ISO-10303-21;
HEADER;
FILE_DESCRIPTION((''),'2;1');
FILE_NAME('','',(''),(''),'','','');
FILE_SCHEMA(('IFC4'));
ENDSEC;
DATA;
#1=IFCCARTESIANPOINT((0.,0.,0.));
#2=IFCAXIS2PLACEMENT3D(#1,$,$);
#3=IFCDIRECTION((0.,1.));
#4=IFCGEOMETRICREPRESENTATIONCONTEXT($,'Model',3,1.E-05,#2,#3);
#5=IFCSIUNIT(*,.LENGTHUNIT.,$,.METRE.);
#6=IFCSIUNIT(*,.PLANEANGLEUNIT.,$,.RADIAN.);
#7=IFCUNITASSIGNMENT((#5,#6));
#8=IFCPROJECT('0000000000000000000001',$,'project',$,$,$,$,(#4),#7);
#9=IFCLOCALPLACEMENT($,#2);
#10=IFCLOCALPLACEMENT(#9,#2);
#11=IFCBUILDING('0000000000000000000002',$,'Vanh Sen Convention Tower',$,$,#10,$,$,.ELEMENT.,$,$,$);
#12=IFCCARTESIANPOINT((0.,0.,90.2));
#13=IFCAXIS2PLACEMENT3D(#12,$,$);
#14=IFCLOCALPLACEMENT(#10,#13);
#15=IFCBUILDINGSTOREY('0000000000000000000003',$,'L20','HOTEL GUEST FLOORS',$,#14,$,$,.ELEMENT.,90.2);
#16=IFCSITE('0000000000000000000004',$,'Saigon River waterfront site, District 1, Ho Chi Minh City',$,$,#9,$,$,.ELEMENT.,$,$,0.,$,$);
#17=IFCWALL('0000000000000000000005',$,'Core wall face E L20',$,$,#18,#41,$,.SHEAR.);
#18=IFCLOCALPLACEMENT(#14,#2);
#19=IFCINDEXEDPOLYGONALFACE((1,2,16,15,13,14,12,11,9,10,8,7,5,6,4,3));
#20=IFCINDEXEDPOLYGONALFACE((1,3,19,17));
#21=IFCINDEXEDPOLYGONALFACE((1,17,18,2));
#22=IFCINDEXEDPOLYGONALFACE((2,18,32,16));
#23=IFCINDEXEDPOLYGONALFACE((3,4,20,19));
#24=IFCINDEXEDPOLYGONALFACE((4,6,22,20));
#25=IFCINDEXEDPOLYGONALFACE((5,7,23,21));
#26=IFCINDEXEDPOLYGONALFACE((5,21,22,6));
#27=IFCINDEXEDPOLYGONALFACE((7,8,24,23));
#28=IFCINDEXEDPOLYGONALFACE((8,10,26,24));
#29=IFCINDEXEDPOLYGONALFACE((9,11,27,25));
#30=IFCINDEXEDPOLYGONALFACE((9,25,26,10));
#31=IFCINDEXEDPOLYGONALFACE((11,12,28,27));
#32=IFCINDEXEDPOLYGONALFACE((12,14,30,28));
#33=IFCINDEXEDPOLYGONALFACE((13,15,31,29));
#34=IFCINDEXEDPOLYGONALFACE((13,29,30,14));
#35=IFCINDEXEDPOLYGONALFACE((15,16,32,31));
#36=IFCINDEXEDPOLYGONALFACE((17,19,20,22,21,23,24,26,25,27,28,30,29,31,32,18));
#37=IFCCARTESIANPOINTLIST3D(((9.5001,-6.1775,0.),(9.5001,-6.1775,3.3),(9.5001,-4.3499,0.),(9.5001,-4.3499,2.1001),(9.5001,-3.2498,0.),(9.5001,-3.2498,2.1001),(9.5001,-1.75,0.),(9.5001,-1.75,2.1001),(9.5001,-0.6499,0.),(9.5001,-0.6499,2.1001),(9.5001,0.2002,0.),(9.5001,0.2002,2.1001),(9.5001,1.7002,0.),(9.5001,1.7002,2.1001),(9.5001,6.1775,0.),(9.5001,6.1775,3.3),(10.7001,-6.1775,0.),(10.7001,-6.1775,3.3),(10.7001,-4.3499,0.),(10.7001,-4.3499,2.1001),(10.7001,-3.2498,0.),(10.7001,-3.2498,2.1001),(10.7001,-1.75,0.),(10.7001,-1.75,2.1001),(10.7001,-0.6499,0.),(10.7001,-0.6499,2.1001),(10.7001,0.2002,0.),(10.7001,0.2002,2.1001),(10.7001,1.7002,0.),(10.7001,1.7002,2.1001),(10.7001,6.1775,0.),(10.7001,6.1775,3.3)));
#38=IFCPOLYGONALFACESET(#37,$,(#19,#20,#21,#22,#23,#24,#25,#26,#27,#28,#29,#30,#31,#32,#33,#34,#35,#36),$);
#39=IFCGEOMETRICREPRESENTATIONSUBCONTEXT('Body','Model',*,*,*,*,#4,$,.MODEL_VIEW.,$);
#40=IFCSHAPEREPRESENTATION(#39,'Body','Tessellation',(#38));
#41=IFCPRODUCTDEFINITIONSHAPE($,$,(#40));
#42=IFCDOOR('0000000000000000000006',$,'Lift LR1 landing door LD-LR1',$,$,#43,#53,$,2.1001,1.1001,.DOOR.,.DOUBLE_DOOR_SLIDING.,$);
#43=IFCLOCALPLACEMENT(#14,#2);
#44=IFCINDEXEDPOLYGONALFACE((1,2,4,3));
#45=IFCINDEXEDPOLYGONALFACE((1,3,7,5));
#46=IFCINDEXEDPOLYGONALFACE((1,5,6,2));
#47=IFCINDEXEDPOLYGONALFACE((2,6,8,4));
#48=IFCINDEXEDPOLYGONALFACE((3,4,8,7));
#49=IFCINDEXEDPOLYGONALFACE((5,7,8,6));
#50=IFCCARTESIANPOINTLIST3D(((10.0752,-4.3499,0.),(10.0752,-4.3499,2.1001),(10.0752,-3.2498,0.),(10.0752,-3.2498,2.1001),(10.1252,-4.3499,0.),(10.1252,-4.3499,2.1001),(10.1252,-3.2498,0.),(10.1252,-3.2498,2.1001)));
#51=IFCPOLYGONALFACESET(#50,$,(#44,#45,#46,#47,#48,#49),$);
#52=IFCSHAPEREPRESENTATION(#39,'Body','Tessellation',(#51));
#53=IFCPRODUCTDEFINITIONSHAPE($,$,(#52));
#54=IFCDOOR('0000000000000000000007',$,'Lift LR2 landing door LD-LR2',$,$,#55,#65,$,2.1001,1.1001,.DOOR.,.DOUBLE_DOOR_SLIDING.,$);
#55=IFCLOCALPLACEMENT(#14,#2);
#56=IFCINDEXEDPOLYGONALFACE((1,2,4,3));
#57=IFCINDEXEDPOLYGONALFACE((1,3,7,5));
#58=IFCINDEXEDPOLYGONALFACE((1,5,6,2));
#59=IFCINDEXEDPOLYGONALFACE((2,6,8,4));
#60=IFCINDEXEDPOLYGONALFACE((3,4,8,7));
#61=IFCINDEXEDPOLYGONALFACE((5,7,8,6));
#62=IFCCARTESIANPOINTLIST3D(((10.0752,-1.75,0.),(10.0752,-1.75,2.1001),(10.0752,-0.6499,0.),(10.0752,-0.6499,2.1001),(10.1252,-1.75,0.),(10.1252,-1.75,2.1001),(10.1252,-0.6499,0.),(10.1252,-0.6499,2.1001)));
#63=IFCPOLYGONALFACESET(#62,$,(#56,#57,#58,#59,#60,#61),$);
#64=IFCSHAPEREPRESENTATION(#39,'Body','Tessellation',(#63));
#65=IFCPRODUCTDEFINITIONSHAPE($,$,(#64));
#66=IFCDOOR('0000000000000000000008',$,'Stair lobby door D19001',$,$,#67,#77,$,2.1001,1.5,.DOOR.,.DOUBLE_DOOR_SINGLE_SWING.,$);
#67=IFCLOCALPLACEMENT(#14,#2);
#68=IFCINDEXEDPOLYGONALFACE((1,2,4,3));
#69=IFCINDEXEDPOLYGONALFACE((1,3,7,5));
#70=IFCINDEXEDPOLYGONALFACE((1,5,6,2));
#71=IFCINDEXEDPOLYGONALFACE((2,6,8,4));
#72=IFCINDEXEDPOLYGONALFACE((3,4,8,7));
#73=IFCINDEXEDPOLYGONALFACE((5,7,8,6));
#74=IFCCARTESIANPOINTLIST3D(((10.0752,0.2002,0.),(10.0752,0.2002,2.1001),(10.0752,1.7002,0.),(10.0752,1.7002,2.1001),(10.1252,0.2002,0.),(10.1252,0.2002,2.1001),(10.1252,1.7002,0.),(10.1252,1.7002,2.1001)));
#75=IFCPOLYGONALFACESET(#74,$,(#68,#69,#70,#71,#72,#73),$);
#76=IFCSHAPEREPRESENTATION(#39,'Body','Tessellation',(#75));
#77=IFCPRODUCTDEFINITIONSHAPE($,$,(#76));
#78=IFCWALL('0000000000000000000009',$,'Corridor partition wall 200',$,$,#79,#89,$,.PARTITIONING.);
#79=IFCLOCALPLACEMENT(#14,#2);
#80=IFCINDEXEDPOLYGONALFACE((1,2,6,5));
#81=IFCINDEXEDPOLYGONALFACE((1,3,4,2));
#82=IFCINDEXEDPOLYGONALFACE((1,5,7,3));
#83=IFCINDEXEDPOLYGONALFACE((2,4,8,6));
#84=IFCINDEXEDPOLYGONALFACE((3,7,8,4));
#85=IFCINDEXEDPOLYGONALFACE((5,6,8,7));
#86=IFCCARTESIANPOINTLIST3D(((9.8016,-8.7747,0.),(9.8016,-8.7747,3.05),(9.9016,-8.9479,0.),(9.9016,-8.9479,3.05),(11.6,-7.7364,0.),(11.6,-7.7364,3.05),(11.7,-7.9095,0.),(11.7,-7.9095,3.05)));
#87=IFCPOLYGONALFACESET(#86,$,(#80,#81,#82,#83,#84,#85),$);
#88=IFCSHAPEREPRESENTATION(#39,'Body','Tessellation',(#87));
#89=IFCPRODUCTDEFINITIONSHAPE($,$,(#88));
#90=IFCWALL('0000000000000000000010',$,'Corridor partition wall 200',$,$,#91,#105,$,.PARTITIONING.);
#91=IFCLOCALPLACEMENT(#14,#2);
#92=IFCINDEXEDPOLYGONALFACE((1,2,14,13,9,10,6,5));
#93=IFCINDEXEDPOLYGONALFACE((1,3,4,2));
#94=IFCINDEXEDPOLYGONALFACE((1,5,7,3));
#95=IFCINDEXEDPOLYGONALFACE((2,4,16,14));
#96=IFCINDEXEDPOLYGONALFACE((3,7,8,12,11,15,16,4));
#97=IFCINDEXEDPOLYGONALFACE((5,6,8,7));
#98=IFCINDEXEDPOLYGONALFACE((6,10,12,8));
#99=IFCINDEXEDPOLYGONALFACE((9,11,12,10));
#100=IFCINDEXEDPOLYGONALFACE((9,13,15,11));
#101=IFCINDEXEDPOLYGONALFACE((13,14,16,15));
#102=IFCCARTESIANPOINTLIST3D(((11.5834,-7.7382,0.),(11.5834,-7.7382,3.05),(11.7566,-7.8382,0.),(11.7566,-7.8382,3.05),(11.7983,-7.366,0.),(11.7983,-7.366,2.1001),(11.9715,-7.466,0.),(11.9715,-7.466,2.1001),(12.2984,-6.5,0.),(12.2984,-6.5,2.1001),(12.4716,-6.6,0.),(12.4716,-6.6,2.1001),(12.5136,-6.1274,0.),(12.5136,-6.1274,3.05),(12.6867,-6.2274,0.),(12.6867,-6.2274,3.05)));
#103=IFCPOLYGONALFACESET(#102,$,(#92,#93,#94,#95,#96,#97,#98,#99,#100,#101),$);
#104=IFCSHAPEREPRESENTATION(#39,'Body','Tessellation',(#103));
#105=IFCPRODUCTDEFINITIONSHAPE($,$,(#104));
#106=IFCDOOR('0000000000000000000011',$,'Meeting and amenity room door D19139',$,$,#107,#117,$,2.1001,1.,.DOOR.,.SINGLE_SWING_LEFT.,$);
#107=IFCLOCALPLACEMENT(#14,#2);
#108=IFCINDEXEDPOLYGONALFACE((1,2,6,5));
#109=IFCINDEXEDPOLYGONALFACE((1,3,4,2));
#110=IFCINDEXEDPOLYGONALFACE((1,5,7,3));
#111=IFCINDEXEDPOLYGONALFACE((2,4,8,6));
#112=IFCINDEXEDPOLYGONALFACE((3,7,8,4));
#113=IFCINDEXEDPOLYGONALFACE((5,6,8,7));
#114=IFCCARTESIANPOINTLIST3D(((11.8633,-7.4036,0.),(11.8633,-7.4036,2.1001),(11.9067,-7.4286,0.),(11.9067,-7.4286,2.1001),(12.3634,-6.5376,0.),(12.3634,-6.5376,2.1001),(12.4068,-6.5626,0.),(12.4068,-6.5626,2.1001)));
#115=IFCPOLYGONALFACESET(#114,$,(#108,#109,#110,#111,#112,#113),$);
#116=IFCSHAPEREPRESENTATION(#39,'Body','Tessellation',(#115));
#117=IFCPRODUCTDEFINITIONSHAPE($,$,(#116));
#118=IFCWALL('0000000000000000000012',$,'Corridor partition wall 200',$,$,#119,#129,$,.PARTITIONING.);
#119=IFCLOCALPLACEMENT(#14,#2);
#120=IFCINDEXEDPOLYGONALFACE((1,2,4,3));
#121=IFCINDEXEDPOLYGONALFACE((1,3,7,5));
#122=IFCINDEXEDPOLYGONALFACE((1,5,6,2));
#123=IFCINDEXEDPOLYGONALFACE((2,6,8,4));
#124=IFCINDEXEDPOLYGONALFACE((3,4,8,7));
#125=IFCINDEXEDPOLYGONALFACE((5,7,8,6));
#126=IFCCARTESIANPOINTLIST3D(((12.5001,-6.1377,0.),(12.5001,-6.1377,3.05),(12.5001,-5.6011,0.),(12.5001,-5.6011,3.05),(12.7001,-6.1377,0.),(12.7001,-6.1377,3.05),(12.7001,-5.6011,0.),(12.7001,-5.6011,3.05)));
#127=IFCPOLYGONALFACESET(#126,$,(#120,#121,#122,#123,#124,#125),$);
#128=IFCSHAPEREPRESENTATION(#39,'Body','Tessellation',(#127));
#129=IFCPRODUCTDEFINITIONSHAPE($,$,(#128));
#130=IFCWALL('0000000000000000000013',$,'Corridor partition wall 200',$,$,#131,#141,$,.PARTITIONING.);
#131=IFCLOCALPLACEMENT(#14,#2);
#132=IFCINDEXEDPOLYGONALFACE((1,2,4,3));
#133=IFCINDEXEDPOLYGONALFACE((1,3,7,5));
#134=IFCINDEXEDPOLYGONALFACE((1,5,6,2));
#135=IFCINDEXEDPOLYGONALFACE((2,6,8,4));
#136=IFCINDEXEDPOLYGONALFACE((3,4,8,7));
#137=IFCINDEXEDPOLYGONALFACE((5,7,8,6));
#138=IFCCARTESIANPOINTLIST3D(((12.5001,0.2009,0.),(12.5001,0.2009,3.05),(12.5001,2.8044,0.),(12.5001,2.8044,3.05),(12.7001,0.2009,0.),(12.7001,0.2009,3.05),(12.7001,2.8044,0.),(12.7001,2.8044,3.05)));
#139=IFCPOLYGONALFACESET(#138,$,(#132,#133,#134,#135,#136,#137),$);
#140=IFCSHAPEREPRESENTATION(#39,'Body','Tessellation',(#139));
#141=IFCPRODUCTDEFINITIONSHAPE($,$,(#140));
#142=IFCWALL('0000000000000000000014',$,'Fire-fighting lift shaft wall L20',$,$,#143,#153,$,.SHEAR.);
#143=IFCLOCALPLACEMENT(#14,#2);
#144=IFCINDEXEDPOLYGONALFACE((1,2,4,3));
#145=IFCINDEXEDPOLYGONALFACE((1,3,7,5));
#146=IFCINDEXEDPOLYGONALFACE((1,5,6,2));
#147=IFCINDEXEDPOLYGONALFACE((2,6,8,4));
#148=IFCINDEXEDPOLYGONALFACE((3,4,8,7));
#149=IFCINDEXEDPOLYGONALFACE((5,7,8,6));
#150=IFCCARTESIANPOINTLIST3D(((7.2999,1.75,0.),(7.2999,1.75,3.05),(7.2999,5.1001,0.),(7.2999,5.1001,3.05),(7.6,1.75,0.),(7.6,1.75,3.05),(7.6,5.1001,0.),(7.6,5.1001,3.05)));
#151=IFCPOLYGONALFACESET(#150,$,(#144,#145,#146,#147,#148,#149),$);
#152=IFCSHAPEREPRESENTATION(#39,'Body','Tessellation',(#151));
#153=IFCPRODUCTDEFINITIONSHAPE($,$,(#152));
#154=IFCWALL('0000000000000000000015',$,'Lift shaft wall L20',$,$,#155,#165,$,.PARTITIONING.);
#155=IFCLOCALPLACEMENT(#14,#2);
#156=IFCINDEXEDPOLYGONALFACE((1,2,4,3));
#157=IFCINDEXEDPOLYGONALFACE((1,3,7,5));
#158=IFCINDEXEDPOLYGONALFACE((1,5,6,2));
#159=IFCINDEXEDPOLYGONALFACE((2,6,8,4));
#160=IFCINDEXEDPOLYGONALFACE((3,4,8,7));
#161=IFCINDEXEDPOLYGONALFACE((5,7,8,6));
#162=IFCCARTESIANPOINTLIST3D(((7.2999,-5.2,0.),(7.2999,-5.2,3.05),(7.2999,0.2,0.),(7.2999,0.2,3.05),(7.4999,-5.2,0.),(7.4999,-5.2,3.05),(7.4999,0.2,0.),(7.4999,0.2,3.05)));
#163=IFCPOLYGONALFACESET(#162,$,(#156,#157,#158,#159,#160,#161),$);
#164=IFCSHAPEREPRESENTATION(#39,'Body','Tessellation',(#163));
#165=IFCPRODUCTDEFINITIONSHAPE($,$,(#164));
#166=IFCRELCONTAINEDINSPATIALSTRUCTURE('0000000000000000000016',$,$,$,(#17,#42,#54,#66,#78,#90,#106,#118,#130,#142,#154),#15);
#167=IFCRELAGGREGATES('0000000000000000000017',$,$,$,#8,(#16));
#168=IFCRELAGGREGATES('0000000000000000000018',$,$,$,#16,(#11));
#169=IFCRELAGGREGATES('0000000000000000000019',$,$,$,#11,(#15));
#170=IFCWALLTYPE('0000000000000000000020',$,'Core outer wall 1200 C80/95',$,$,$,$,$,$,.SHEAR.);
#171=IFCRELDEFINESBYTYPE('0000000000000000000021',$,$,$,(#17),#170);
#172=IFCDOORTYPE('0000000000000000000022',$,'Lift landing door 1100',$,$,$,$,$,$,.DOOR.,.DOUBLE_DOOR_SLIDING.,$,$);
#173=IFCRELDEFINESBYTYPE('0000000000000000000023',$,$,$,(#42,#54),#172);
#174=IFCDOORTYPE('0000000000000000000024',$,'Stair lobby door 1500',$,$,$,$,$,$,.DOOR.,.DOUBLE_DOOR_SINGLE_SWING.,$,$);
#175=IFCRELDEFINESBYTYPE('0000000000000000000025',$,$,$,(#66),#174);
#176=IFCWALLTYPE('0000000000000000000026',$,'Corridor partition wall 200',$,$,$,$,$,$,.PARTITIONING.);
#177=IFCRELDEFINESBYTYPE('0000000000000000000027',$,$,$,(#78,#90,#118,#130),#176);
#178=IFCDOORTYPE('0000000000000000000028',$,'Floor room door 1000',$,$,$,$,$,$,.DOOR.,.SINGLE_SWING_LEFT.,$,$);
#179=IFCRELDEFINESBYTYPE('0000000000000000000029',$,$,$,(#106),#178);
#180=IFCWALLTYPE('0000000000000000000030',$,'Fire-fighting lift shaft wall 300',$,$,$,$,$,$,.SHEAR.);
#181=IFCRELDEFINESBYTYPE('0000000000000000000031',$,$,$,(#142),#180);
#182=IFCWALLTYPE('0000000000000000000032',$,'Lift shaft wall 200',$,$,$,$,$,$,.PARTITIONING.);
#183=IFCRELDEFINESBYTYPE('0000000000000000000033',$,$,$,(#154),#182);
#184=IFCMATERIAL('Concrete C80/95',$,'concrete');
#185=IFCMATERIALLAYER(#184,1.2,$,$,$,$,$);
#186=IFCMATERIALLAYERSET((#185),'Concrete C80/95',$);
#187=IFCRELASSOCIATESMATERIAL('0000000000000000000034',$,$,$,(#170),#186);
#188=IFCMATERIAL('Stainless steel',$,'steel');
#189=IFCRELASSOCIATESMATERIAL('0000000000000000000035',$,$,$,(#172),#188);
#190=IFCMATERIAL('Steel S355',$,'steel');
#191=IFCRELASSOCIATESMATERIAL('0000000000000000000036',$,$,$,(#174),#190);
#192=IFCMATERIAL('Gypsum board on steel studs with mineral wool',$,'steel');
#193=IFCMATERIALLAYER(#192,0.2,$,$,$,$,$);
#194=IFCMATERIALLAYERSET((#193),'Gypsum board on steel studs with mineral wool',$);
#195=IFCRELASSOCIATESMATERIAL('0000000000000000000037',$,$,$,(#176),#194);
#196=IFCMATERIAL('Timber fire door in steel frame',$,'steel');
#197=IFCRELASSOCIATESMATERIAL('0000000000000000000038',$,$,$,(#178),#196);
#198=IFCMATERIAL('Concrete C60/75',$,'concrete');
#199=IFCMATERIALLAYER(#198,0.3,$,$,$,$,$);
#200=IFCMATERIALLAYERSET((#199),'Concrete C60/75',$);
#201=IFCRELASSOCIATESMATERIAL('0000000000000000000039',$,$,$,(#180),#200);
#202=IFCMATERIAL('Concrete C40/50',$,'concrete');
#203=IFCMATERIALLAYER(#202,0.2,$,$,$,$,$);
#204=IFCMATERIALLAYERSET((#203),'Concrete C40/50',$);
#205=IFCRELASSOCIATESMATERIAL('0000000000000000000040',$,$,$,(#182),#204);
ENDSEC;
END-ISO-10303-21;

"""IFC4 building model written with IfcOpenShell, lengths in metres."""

from ifc_helpers import new_model, si_unit, direction, frame, frame_2d, origin, place, context, subcontext, project, spatial, rectangle, extrude, material, layer, layer_set, type_object, element, fill, save


model = new_model("IFC4")

# Units and contexts
model_context = context("Model", 3, precision=1e-05, world=origin(), true_north=direction((0.0, 1.0)))
body_context = subcontext(model_context, "Body", "Model", "MODEL_VIEW")
ifc_project = project(units=[si_unit("LENGTHUNIT", "METRE"), si_unit("PLANEANGLEUNIT", "RADIAN")], contexts=[model_context])

# Site, building, storey
site_placement = place(None, origin())
site = spatial("IfcSite", under=ifc_project, at=site_placement, Name="Saigon River waterfront site, District 1, Ho Chi Minh City", CompositionType="ELEMENT", RefElevation=0.0)
building_placement = place(site_placement, origin())
building = spatial("IfcBuilding", under=site, at=building_placement, Name="Vanh Sen Convention Tower", CompositionType="ELEMENT")
storey_placement = place(building_placement, frame((0.0, 0.0, 90.2)))
storey = spatial("IfcBuildingStorey", under=building, at=storey_placement, Name="L20", Description="HOTEL GUEST FLOORS", CompositionType="ELEMENT", Elevation=90.2)

# Shared definitions
ifc_material_1 = material(Name="Concrete C40/50", Category="concrete")

# Wall, openings, doors
ifc_material_2 = material(Name="Concrete C80/95", Category="concrete")
ifc_layer_1 = layer(ifc_material_2, 1.2)
ifc_layer_set_1 = layer_set([ifc_layer_1], Name="Concrete C80/95")
wall_type_1 = type_object("IfcWallType", Name="Core outer wall 1200 C80/95", PredefinedType="SHEAR", material=ifc_layer_set_1)
wall_1_placement = place(storey_placement, frame((10.1001, -6.1775, 0.0), z_axis=(0.0, 0.0, 1.0), x_axis=(0.0, 1.0, 0.0)))
wall_1 = element("IfcWall", 1, at=wall_1_placement, inside=storey, type_object=wall_type_1, Name="Core wall face E L20", PredefinedType="SHEAR", context=body_context, shape_type="SweptSolid", body=[
    extrude(rectangle(XDim=12.355, YDim=1.2, at=frame_2d((6.1775, 0.0))), origin(), (0.0, 0.0, 1.0), 3.3),
])
opening_1_placement = place(wall_1_placement, frame((6.3777, 0.0, 0.0)))
opening_1 = element("IfcOpeningElement", 2, at=opening_1_placement, cuts=wall_1, PredefinedType="OPENING", context=body_context, shape_type="SweptSolid", body=[
    extrude(rectangle(XDim=1.5, YDim=2.1001, at=frame_2d((0.75, 1.05))), frame((0.0, 0.6099, 0.0), z_axis=(0.0, -1.0, 0.0), x_axis=(1.0, 0.0, 0.0)), (0.0, 0.0, 1.0), 1.22),
])
opening_2_placement = place(wall_1_placement, frame((1.8276, 0.0, 0.0)))
opening_2 = element("IfcOpeningElement", 3, at=opening_2_placement, cuts=wall_1, PredefinedType="OPENING", context=body_context, shape_type="SweptSolid", body=[
    extrude(rectangle(XDim=1.1001, YDim=2.1001, at=frame_2d((0.55, 1.05))), frame((0.0, 0.6099, 0.0), z_axis=(0.0, -1.0, 0.0), x_axis=(1.0, 0.0, 0.0)), (0.0, 0.0, 1.0), 1.22),
])
opening_3_placement = place(wall_1_placement, frame((4.4275, 0.0, 0.0)))
opening_3 = element("IfcOpeningElement", 4, at=opening_3_placement, cuts=wall_1, PredefinedType="OPENING", context=body_context, shape_type="SweptSolid", body=[
    extrude(rectangle(XDim=1.1001, YDim=2.1001, at=frame_2d((0.55, 1.05))), frame((0.0, 0.6099, 0.0), z_axis=(0.0, -1.0, 0.0), x_axis=(1.0, 0.0, 0.0)), (0.0, 0.0, 1.0), 1.22),
])
ifc_material_3 = material(Name="Stainless steel", Category="steel")
door_type_1 = type_object("IfcDoorType", Name="Lift landing door 1100", OperationType="DOUBLE_DOOR_SLIDING", PredefinedType="DOOR", material=ifc_material_3)
door_1_placement = place(opening_2_placement, origin())
door_1 = element("IfcDoor", 5, at=door_1_placement, inside=storey, type_object=door_type_1, Name="Lift LR1 landing door LD-LR1", OperationType="DOUBLE_DOOR_SLIDING", OverallHeight=2.1001, OverallWidth=1.1001, PredefinedType="DOOR", context=body_context, shape_type="SweptSolid", body=[
    extrude(rectangle(XDim=1.1001, YDim=2.1001, at=frame_2d((0.55, 1.05))), frame((0.0, 0.0249, 0.0), z_axis=(0.0, -1.0, 0.0), x_axis=(1.0, 0.0, 0.0)), (0.0, 0.0, 1.0), 0.05),
])
fill(opening_2, door_1)
door_2_placement = place(opening_3_placement, origin())
door_2 = element("IfcDoor", 6, at=door_2_placement, inside=storey, type_object=door_type_1, Name="Lift LR2 landing door LD-LR2", OperationType="DOUBLE_DOOR_SLIDING", OverallHeight=2.1001, OverallWidth=1.1001, PredefinedType="DOOR", context=body_context, shape_type="SweptSolid", body=[
    extrude(rectangle(XDim=1.1001, YDim=2.1001, at=frame_2d((0.55, 1.05))), frame((0.0, 0.0249, 0.0), z_axis=(0.0, -1.0, 0.0), x_axis=(1.0, 0.0, 0.0)), (0.0, 0.0, 1.0), 0.05),
])
fill(opening_3, door_2)
ifc_material_4 = material(Name="Steel S355", Category="steel")
door_type_2 = type_object("IfcDoorType", Name="Stair lobby door 1500", OperationType="DOUBLE_DOOR_SINGLE_SWING", PredefinedType="DOOR", material=ifc_material_4)
door_3_placement = place(opening_1_placement, origin())
door_3 = element("IfcDoor", 7, at=door_3_placement, inside=storey, type_object=door_type_2, Name="Stair lobby door D19001", OperationType="DOUBLE_DOOR_SINGLE_SWING", OverallHeight=2.1001, OverallWidth=1.5, PredefinedType="DOOR", context=body_context, shape_type="SweptSolid", body=[
    extrude(rectangle(XDim=1.5, YDim=2.1001, at=frame_2d((0.75, 1.05))), frame((0.0, 0.0249, 0.0), z_axis=(0.0, -1.0, 0.0), x_axis=(1.0, 0.0, 0.0)), (0.0, 0.0, 1.0), 0.05),
])
fill(opening_1, door_3)

# Wall
ifc_material_5 = material(Name="Gypsum board on steel studs with mineral wool", Category="steel")
ifc_layer_2 = layer(ifc_material_5, 0.2)
ifc_layer_set_2 = layer_set([ifc_layer_2], Name="Gypsum board on steel studs with mineral wool")
wall_type_2 = type_object("IfcWallType", Name="Corridor partition wall 200", PredefinedType="PARTITIONING", material=ifc_layer_set_2)
wall_2_placement = place(storey_placement, frame((9.8516, -8.8613, 0.0), z_axis=(0.0, 0.0, 1.0), x_axis=(0.866013, 0.500021, 0.0)))
element("IfcWall", 8, at=wall_2_placement, inside=storey, type_object=wall_type_2, Name="Corridor partition wall 200", PredefinedType="PARTITIONING", context=body_context, shape_type="SweptSolid", body=[
    extrude(rectangle(XDim=2.0767, YDim=0.2, at=frame_2d((1.0383, 0.0))), origin(), (0.0, 0.0, 1.0), 3.05),
])

# Wall, opening, door
wall_3_placement = place(storey_placement, frame((11.6699, -7.7883, 0.0), z_axis=(0.0, 0.0, 1.0), x_axis=(0.500063, 0.865989, 0.0)))
wall_3 = element("IfcWall", 9, at=wall_3_placement, inside=storey, type_object=wall_type_2, Name="Corridor partition wall 200", PredefinedType="PARTITIONING", context=body_context, shape_type="SweptSolid", body=[
    extrude(rectangle(XDim=1.8601, YDim=0.2, at=frame_2d((0.9302, 0.0))), origin(), (0.0, 0.0, 1.0), 3.05),
])
opening_4_placement = place(wall_3_placement, frame((0.4299, 0.0, 0.0)))
opening_4 = element("IfcOpeningElement", 10, at=opening_4_placement, cuts=wall_3, PredefinedType="OPENING", context=body_context, shape_type="SweptSolid", body=[
    extrude(rectangle(XDim=1.0, YDim=2.1001, at=frame_2d((0.5, 1.05))), frame((0.0, 0.1099, 0.0), z_axis=(0.0, -1.0, 0.0), x_axis=(1.0, 0.0, 0.0)), (0.0, 0.0, 1.0), 0.22),
])
ifc_material_6 = material(Name="Timber fire door in steel frame", Category="steel")
door_type_3 = type_object("IfcDoorType", Name="Floor room door 1000", OperationType="SINGLE_SWING_LEFT", PredefinedType="DOOR", material=ifc_material_6)
door_4_placement = place(opening_4_placement, origin())
door_4 = element("IfcDoor", 11, at=door_4_placement, inside=storey, type_object=door_type_3, Name="Meeting and amenity room door D19139", OperationType="SINGLE_SWING_LEFT", OverallHeight=2.1001, OverallWidth=1.0, PredefinedType="DOOR", context=body_context, shape_type="SweptSolid", body=[
    extrude(rectangle(XDim=1.0, YDim=2.1001, at=frame_2d((0.5, 1.05))), frame((0.0, 0.0249, 0.0), z_axis=(0.0, -1.0, 0.0), x_axis=(1.0, 0.0, 0.0)), (0.0, 0.0, 1.0), 0.05),
])
fill(opening_4, door_4)

# Walls
wall_4_placement = place(storey_placement, frame((12.6001, -6.1377, 0.0), z_axis=(0.0, 0.0, 1.0), x_axis=(0.0, 1.0, 0.0)))
element("IfcWall", 12, at=wall_4_placement, inside=storey, type_object=wall_type_2, Name="Corridor partition wall 200", PredefinedType="PARTITIONING", context=body_context, shape_type="SweptSolid", body=[
    extrude(rectangle(XDim=0.5366, YDim=0.2, at=frame_2d((0.2683, 0.0))), origin(), (0.0, 0.0, 1.0), 3.05),
])
wall_5_placement = place(storey_placement, frame((12.6001, 0.2009, 0.0), z_axis=(0.0, 0.0, 1.0), x_axis=(0.0, 1.0, 0.0)))
element("IfcWall", 13, at=wall_5_placement, inside=storey, type_object=wall_type_2, Name="Corridor partition wall 200", PredefinedType="PARTITIONING", context=body_context, shape_type="SweptSolid", body=[
    extrude(rectangle(XDim=2.6035, YDim=0.2, at=frame_2d((1.3018, 0.0))), origin(), (0.0, 0.0, 1.0), 3.05),
])
ifc_material_7 = material(Name="Concrete C60/75", Category="concrete")
ifc_layer_3 = layer(ifc_material_7, 0.3)
ifc_layer_set_3 = layer_set([ifc_layer_3], Name="Concrete C60/75")
wall_type_3 = type_object("IfcWallType", Name="Fire-fighting lift shaft wall 300", PredefinedType="SHEAR", material=ifc_layer_set_3)
wall_6_placement = place(storey_placement, frame((7.45, 1.75, 0.0), z_axis=(0.0, 0.0, 1.0), x_axis=(0.0, 1.0, 0.0)))
element("IfcWall", 14, at=wall_6_placement, inside=storey, type_object=wall_type_3, Name="Fire-fighting lift shaft wall L20", PredefinedType="SHEAR", context=body_context, shape_type="SweptSolid", body=[
    extrude(rectangle(XDim=3.3501, YDim=0.3, at=frame_2d((1.675, 0.0))), origin(), (0.0, 0.0, 1.0), 3.05),
])
ifc_layer_4 = layer(ifc_material_1, 0.2)
ifc_layer_set_4 = layer_set([ifc_layer_4], Name="Concrete C40/50")
wall_type_4 = type_object("IfcWallType", Name="Lift shaft wall 200", PredefinedType="PARTITIONING", material=ifc_layer_set_4)
wall_7_placement = place(storey_placement, frame((7.3999, -5.2, 0.0), z_axis=(0.0, 0.0, 1.0), x_axis=(0.0, 1.0, 0.0)))
element("IfcWall", 15, at=wall_7_placement, inside=storey, type_object=wall_type_4, Name="Lift shaft wall L20", PredefinedType="PARTITIONING", context=body_context, shape_type="SweptSolid", body=[
    extrude(rectangle(XDim=5.3999, YDim=0.2, at=frame_2d((2.7, 0.0))), origin(), (0.0, 0.0, 1.0), 3.05),
])

save(model, "model.ifc")
